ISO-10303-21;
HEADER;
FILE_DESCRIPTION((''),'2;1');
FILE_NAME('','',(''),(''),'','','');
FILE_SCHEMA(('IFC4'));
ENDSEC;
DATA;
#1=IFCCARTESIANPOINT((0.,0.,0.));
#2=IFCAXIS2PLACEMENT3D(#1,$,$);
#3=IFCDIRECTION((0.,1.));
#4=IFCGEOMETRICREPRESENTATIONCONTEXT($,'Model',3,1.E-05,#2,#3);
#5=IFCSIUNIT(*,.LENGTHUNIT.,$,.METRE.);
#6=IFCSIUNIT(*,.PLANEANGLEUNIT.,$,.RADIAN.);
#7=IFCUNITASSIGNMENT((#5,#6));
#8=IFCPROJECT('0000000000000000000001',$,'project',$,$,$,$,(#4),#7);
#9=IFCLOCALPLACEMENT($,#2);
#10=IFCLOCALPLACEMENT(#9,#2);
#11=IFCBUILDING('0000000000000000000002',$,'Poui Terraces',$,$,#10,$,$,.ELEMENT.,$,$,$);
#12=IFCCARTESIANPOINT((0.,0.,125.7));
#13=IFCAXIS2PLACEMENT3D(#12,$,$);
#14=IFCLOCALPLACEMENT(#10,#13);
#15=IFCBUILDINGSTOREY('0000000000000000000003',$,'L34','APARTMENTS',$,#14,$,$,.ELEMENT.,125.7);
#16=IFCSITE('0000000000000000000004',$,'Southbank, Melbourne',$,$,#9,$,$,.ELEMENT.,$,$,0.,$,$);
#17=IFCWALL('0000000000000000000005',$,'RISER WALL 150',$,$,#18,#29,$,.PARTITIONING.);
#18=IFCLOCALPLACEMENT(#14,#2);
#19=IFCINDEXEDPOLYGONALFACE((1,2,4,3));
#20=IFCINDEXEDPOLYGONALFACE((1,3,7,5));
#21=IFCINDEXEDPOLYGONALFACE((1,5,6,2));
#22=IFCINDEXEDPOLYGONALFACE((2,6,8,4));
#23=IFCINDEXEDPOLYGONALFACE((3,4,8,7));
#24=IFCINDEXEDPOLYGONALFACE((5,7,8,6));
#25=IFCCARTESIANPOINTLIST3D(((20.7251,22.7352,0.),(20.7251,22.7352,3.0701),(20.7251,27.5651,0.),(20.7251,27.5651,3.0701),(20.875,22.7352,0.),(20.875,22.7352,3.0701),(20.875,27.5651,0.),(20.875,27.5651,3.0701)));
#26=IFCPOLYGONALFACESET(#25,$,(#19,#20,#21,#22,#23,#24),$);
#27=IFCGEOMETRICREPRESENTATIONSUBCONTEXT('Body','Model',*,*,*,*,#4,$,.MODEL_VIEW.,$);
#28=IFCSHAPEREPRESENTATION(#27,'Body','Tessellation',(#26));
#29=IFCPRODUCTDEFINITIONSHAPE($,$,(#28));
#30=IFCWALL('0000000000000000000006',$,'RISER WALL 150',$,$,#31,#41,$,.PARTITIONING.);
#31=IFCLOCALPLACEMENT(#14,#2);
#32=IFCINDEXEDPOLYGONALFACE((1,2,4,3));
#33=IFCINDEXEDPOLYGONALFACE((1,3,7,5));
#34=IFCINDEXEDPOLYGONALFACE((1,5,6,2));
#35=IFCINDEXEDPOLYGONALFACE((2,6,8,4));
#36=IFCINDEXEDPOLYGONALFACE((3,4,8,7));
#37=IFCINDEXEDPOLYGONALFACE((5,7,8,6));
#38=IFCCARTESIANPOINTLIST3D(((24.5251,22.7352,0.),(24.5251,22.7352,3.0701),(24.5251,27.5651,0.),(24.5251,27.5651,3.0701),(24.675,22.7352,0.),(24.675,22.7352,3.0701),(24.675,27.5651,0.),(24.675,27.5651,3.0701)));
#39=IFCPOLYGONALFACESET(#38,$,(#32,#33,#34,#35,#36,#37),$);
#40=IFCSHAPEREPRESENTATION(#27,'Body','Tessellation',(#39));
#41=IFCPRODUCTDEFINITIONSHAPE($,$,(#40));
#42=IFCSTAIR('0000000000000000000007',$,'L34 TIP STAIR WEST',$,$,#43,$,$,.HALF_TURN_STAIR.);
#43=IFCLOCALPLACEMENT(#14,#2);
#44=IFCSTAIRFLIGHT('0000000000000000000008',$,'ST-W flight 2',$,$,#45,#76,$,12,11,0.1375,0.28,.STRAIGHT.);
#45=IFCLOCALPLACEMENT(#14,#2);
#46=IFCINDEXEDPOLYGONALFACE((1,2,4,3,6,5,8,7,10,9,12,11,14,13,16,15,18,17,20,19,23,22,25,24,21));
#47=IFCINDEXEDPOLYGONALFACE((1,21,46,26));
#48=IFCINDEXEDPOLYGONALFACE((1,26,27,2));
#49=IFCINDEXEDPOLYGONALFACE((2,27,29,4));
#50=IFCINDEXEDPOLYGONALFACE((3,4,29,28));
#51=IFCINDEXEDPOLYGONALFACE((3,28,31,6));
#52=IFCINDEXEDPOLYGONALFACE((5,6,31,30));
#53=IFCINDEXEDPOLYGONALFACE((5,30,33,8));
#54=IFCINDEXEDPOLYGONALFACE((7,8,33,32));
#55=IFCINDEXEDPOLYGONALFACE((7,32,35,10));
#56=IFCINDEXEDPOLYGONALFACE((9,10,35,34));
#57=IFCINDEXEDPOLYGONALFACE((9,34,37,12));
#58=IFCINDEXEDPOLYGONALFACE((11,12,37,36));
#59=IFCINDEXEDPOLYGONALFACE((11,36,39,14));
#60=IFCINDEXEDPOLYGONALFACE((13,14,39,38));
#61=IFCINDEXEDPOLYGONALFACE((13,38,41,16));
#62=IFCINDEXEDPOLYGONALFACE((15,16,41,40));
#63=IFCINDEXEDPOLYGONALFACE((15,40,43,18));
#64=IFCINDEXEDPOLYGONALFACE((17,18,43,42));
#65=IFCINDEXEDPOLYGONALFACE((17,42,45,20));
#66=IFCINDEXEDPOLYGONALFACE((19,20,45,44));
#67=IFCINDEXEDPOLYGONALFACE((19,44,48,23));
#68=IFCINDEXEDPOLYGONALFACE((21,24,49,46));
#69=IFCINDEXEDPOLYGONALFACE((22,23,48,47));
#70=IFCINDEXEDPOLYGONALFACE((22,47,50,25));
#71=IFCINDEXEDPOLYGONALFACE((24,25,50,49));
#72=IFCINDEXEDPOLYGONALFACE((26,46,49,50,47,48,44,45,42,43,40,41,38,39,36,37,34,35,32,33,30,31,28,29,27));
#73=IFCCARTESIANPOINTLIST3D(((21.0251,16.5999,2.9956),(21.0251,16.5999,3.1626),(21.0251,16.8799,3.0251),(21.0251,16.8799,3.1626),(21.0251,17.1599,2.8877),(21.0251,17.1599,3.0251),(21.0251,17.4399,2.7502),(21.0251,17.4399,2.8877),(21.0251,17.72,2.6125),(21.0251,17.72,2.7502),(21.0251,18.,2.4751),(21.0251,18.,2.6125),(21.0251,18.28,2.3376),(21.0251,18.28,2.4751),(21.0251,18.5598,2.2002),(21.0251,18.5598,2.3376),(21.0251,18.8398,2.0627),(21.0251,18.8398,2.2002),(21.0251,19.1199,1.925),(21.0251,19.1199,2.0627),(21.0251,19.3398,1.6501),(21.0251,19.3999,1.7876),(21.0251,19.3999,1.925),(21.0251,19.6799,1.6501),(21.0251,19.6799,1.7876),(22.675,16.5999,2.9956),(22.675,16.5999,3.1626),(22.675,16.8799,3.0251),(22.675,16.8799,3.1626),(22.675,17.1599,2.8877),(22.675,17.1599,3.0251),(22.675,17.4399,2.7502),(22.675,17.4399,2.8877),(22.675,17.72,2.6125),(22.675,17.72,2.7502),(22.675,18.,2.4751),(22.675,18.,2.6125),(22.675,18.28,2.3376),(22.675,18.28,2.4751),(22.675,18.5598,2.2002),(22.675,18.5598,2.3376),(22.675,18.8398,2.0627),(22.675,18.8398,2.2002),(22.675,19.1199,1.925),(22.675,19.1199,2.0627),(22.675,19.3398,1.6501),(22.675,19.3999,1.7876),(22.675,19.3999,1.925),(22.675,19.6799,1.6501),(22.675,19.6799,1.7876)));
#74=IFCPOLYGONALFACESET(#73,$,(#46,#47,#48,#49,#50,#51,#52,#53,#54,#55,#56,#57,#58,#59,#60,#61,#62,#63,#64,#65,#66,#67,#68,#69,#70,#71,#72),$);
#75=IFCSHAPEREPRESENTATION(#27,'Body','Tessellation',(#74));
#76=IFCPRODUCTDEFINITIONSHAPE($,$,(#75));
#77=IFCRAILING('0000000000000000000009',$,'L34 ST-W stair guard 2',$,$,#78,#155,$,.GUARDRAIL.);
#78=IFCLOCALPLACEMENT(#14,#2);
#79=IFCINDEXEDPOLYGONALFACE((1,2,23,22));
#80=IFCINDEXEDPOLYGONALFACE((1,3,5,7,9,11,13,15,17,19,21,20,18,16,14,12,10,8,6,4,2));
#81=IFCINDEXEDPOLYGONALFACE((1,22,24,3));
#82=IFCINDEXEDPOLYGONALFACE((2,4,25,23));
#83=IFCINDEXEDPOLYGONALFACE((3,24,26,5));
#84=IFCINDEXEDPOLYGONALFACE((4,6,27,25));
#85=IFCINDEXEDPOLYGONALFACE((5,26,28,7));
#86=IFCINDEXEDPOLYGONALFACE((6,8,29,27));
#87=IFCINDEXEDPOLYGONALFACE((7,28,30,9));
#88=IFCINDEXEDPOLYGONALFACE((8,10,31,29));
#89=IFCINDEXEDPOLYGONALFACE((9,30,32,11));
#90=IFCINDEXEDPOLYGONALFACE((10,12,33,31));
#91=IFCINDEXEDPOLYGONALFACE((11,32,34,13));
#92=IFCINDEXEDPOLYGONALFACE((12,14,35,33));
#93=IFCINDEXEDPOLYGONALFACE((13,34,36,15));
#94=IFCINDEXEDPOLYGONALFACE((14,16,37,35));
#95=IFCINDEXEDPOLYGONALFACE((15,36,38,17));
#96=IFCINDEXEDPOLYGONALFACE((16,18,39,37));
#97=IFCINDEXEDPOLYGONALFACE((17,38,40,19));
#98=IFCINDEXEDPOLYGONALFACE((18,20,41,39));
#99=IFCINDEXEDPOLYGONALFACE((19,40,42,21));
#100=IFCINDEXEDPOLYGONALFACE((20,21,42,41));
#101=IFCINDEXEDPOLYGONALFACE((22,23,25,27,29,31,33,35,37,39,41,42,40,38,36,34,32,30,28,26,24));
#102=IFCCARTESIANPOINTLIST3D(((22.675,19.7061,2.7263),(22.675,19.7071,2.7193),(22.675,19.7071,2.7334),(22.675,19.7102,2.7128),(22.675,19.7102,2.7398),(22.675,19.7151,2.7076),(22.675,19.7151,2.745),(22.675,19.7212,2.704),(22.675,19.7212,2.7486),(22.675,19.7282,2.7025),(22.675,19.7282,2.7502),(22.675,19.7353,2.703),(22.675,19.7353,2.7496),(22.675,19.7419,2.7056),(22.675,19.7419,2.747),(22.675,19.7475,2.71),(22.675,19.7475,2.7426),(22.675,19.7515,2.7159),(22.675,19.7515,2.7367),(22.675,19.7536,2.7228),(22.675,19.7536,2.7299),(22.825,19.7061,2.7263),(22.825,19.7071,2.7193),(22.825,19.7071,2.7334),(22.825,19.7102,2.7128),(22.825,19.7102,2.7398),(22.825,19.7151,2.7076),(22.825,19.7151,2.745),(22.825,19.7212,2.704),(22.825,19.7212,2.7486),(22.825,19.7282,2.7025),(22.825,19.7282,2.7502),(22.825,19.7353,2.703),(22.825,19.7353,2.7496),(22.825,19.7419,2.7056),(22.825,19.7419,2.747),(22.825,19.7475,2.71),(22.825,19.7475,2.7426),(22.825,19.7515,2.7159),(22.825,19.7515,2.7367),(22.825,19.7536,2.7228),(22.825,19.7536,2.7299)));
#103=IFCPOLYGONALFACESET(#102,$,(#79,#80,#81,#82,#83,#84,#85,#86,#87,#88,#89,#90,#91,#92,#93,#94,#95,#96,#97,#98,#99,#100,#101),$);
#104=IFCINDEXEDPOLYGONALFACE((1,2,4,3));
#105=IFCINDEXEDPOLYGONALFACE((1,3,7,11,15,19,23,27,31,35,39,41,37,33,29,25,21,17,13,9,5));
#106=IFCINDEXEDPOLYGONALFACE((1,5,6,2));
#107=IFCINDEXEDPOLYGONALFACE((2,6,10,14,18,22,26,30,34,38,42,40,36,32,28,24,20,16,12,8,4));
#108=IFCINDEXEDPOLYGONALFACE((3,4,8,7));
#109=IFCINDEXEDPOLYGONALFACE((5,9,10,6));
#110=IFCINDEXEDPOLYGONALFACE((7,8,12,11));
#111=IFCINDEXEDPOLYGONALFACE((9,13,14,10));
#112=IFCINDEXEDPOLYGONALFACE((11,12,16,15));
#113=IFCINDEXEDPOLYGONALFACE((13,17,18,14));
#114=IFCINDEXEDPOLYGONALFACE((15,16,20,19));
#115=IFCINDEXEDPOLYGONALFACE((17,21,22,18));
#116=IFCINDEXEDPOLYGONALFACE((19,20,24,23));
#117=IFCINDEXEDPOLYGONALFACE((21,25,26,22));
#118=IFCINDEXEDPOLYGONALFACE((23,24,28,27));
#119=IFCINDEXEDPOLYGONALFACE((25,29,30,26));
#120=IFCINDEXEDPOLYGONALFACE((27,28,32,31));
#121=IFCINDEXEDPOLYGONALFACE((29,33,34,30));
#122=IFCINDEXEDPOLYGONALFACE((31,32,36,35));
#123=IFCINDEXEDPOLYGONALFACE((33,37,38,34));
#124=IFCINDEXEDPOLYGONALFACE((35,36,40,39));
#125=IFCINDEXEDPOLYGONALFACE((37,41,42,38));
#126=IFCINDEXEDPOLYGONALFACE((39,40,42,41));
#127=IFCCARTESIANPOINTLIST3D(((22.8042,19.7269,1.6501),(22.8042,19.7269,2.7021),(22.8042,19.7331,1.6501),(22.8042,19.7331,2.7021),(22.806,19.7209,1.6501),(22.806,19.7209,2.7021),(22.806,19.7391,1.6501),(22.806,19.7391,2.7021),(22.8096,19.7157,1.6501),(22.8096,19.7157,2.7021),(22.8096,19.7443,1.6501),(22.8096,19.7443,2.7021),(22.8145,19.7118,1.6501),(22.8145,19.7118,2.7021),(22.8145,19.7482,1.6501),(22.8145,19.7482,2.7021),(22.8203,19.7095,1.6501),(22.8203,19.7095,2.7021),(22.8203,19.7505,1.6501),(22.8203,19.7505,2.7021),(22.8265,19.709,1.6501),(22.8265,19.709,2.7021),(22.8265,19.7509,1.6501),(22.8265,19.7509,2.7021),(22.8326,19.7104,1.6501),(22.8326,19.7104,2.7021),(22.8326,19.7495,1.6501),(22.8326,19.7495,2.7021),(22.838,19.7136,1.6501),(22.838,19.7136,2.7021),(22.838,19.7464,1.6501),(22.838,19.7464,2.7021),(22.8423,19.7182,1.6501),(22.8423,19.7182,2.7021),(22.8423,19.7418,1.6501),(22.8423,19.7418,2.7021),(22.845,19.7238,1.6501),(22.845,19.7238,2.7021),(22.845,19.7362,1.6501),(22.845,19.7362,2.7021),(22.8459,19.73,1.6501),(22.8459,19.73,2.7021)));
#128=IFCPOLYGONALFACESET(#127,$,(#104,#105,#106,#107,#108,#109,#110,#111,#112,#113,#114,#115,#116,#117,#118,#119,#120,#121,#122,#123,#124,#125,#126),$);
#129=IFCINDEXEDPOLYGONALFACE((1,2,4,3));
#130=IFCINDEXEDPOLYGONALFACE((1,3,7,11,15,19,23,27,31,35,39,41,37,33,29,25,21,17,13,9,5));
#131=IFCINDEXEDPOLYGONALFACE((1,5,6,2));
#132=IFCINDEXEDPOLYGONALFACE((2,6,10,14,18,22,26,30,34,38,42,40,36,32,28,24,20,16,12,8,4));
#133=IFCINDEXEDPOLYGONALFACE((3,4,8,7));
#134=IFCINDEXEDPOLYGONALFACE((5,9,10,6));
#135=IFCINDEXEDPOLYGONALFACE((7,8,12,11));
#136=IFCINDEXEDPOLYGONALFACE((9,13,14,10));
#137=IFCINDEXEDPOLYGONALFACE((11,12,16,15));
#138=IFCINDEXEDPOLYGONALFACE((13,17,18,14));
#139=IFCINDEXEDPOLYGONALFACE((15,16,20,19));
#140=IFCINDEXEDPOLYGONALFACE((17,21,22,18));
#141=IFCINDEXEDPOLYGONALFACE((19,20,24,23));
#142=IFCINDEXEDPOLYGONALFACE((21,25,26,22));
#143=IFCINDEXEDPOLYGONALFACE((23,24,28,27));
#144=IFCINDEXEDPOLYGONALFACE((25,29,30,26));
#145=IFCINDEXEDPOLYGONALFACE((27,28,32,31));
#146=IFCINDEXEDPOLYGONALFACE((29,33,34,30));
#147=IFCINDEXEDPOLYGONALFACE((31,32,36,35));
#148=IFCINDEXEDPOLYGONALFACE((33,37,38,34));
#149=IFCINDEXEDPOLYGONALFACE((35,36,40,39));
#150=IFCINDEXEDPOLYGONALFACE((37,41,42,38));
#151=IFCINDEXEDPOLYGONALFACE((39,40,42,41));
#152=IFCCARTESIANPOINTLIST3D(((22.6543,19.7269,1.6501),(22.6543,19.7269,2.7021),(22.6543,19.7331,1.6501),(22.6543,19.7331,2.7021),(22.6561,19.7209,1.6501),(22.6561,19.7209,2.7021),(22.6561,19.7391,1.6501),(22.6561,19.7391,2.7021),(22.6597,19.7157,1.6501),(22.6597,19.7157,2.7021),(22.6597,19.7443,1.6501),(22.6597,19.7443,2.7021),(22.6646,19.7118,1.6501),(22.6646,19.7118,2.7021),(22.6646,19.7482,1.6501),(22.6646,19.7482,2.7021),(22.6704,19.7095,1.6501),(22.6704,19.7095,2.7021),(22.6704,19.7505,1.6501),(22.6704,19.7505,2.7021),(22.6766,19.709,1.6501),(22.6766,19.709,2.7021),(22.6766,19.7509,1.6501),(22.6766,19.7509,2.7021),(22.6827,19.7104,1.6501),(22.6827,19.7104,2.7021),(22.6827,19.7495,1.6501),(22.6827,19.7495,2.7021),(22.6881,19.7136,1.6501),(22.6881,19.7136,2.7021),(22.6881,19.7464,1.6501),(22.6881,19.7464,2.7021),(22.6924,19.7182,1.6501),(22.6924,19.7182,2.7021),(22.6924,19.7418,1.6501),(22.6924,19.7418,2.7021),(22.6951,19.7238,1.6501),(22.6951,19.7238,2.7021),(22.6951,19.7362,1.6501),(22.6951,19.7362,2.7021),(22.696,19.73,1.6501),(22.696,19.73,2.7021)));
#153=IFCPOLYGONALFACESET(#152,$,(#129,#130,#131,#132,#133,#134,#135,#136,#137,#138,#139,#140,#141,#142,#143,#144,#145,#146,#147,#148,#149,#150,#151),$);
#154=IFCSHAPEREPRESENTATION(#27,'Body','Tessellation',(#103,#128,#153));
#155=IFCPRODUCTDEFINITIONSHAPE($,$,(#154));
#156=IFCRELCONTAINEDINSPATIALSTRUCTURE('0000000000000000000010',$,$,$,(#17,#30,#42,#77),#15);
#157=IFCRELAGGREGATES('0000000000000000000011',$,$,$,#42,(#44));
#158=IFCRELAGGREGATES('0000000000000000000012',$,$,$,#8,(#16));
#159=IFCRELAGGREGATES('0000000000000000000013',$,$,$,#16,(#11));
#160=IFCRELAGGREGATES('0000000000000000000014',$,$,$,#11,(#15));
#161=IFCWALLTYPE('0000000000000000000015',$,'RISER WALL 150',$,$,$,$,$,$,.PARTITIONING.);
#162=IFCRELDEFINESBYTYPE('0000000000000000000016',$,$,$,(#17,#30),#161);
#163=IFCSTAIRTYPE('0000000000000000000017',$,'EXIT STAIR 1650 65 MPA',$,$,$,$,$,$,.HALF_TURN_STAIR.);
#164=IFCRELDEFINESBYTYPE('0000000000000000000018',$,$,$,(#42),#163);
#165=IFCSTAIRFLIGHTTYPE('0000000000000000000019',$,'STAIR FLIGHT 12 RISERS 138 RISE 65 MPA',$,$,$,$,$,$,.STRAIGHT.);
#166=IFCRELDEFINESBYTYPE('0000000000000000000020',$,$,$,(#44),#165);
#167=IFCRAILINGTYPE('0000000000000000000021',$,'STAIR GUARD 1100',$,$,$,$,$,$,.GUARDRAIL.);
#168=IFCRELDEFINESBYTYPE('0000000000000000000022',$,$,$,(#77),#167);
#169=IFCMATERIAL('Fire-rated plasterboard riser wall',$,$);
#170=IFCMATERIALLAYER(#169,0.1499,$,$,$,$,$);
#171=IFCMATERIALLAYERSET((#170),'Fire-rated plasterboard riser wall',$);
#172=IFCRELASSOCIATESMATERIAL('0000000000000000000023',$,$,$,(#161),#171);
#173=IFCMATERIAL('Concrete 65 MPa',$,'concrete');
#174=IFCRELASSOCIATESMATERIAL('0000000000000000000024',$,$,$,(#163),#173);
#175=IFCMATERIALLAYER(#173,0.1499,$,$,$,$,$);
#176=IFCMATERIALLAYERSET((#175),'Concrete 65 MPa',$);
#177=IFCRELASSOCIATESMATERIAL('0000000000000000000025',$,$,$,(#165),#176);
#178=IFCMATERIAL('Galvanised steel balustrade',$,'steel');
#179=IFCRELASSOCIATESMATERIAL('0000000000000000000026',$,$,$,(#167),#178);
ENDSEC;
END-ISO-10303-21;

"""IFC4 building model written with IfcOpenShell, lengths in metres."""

from ifc_helpers import new_model, si_unit, direction, frame, frame_2d, origin, origin_2d, place, context, subcontext, project, spatial, polyline, rectangle, circle, outline, extrude, material, layer, layer_set, type_object, element, aggregate, save


model = new_model("IFC4")

# Units and contexts
model_context = context("Model", 3, precision=1e-05, world=origin(), true_north=direction((0.0, 1.0)))
body_context = subcontext(model_context, "Body", "Model", "MODEL_VIEW")
ifc_project = project(units=[si_unit("LENGTHUNIT", "METRE"), si_unit("PLANEANGLEUNIT", "RADIAN")], contexts=[model_context])

# Site, building, storey
site_placement = place(None, origin())
site = spatial("IfcSite", under=ifc_project, at=site_placement, Name="Southbank, Melbourne", CompositionType="ELEMENT", RefElevation=0.0)
building_placement = place(site_placement, origin())
building = spatial("IfcBuilding", under=site, at=building_placement, Name="Poui Terraces", CompositionType="ELEMENT")
storey_placement = place(building_placement, frame((0.0, 0.0, 125.7)))
storey = spatial("IfcBuildingStorey", under=building, at=storey_placement, Name="L34", Description="APARTMENTS", CompositionType="ELEMENT", Elevation=125.7)

# Walls
ifc_material_1 = material(Name="Fire-rated plasterboard riser wall")
ifc_layer_1 = layer(ifc_material_1, 0.1499)
ifc_layer_set_1 = layer_set([ifc_layer_1], Name="Fire-rated plasterboard riser wall")
wall_type = type_object("IfcWallType", Name="RISER WALL 150", PredefinedType="PARTITIONING", material=ifc_layer_set_1)
for number, where, z_axis, x_axis, name in (
    (1, (20.8, 22.7351, 0.0), (0.0, 0.0, 1.0), (0.0, 1.0, 0.0), "RISER WALL 150"),
    (2, (24.6001, 22.7351, 0.0), (0.0, 0.0, 1.0), (0.0, 1.0, 0.0), "RISER WALL 150"),
):
    element("IfcWall", number, at=place(storey_placement, frame(where, z_axis=z_axis, x_axis=x_axis)), inside=storey, type_object=wall_type, Name=name, PredefinedType="PARTITIONING", context=body_context, shape_type="SweptSolid", body=[
        extrude(rectangle(XDim=4.8298, YDim=0.1499, at=frame_2d((2.415, 0.0))), origin(), (0.0, 0.0, 1.0), 3.0701),
    ])

# Stair, stair flight
ifc_material_2 = material(Name="Concrete 65 MPa", Category="concrete")
stair_type = type_object("IfcStairType", Name="EXIT STAIR 1650 65 MPA", PredefinedType="HALF_TURN_STAIR", material=ifc_material_2)
stair_placement = place(storey_placement, origin())
stair = element("IfcStair", 3, at=stair_placement, inside=storey, type_object=stair_type, Name="L34 TIP STAIR WEST", PredefinedType="HALF_TURN_STAIR")
ifc_layer_2 = layer(ifc_material_2, 0.1499)
ifc_layer_set_2 = layer_set([ifc_layer_2], Name="Concrete 65 MPa")
stair_flight_type = type_object("IfcStairFlightType", Name="STAIR FLIGHT 12 RISERS 138 RISE 65 MPA", PredefinedType="STRAIGHT", material=ifc_layer_set_2)
stair_flight_placement = place(storey_placement, frame((21.8501, 19.6799, 1.6501), z_axis=(0.0, 0.0, 1.0), x_axis=(0.0, -1.0, 0.0)))
stair_flight = element("IfcStairFlight", 4, at=stair_flight_placement, type_object=stair_flight_type, Name="ST-W flight 2", NumberOfRisers=12, NumberOfTreads=11, PredefinedType="STRAIGHT", RiserHeight=0.1375, TreadLength=0.28, context=body_context, shape_type="SweptSolid", body=[
    extrude(outline(polyline([(0.0, 0.0), (0.0, 0.1375), (0.28, 0.1375), (0.28, 0.2749), (0.5601, 0.2749), (0.5601, 0.4126), (0.8401, 0.4126), (0.8401, 0.55), (1.1201, 0.55), (1.1201, 0.6875), (1.3999, 0.6875), (1.3999, 0.825), (1.6799, 0.825), (1.6799, 0.9624), (1.96, 0.9624), (1.96, 1.1001), (2.24, 1.1001), (2.24, 1.2375), (2.52, 1.2375), (2.52, 1.375), (2.8, 1.375), (2.8, 1.5125), (3.0801, 1.5125), (3.0801, 1.6499), (3.0801, 1.3455), (0.3401, 0.0), (0.0, 0.0)])), frame((0.0, 0.825, 0.0), z_axis=(0.0, -1.0, 0.0), x_axis=(1.0, 0.0, 0.0)), (0.0, 0.0, 1.0), 1.6499),
])
aggregate(stair, [stair_flight])

# Railing
ifc_material_3 = material(Name="Galvanised steel balustrade", Category="steel")
railing_type_1 = type_object("IfcRailingType", Name="STAIR GUARD 1100", PredefinedType="GUARDRAIL", material=ifc_material_3)
railing_1_placement = place(storey_placement, frame((22.825, 19.73, 1.6501)))
element("IfcRailing", 5, at=railing_1_placement, inside=storey, type_object=railing_type_1, Name="L34 ST-W stair guard 2", PredefinedType="GUARDRAIL", context=body_context, shape_type="SweptSolid", body=[
    extrude(circle(Radius=0.0239, at=origin_2d()), frame((0.0, 0.0, 1.0762), z_axis=(-1.0, 0.0, 0.0), x_axis=(0.0, -1.0, 0.0)), (0.0, 0.0, 1.0), 0.1499),
    extrude(circle(Radius=0.021, at=origin_2d()), origin(), (0.0, 0.0, 1.0), 1.052),
    extrude(circle(Radius=0.021, at=origin_2d()), frame((-0.1499, 0.0, 0.0)), (0.0, 0.0, 1.0), 1.052),
])

save(model, "model.ifc")
